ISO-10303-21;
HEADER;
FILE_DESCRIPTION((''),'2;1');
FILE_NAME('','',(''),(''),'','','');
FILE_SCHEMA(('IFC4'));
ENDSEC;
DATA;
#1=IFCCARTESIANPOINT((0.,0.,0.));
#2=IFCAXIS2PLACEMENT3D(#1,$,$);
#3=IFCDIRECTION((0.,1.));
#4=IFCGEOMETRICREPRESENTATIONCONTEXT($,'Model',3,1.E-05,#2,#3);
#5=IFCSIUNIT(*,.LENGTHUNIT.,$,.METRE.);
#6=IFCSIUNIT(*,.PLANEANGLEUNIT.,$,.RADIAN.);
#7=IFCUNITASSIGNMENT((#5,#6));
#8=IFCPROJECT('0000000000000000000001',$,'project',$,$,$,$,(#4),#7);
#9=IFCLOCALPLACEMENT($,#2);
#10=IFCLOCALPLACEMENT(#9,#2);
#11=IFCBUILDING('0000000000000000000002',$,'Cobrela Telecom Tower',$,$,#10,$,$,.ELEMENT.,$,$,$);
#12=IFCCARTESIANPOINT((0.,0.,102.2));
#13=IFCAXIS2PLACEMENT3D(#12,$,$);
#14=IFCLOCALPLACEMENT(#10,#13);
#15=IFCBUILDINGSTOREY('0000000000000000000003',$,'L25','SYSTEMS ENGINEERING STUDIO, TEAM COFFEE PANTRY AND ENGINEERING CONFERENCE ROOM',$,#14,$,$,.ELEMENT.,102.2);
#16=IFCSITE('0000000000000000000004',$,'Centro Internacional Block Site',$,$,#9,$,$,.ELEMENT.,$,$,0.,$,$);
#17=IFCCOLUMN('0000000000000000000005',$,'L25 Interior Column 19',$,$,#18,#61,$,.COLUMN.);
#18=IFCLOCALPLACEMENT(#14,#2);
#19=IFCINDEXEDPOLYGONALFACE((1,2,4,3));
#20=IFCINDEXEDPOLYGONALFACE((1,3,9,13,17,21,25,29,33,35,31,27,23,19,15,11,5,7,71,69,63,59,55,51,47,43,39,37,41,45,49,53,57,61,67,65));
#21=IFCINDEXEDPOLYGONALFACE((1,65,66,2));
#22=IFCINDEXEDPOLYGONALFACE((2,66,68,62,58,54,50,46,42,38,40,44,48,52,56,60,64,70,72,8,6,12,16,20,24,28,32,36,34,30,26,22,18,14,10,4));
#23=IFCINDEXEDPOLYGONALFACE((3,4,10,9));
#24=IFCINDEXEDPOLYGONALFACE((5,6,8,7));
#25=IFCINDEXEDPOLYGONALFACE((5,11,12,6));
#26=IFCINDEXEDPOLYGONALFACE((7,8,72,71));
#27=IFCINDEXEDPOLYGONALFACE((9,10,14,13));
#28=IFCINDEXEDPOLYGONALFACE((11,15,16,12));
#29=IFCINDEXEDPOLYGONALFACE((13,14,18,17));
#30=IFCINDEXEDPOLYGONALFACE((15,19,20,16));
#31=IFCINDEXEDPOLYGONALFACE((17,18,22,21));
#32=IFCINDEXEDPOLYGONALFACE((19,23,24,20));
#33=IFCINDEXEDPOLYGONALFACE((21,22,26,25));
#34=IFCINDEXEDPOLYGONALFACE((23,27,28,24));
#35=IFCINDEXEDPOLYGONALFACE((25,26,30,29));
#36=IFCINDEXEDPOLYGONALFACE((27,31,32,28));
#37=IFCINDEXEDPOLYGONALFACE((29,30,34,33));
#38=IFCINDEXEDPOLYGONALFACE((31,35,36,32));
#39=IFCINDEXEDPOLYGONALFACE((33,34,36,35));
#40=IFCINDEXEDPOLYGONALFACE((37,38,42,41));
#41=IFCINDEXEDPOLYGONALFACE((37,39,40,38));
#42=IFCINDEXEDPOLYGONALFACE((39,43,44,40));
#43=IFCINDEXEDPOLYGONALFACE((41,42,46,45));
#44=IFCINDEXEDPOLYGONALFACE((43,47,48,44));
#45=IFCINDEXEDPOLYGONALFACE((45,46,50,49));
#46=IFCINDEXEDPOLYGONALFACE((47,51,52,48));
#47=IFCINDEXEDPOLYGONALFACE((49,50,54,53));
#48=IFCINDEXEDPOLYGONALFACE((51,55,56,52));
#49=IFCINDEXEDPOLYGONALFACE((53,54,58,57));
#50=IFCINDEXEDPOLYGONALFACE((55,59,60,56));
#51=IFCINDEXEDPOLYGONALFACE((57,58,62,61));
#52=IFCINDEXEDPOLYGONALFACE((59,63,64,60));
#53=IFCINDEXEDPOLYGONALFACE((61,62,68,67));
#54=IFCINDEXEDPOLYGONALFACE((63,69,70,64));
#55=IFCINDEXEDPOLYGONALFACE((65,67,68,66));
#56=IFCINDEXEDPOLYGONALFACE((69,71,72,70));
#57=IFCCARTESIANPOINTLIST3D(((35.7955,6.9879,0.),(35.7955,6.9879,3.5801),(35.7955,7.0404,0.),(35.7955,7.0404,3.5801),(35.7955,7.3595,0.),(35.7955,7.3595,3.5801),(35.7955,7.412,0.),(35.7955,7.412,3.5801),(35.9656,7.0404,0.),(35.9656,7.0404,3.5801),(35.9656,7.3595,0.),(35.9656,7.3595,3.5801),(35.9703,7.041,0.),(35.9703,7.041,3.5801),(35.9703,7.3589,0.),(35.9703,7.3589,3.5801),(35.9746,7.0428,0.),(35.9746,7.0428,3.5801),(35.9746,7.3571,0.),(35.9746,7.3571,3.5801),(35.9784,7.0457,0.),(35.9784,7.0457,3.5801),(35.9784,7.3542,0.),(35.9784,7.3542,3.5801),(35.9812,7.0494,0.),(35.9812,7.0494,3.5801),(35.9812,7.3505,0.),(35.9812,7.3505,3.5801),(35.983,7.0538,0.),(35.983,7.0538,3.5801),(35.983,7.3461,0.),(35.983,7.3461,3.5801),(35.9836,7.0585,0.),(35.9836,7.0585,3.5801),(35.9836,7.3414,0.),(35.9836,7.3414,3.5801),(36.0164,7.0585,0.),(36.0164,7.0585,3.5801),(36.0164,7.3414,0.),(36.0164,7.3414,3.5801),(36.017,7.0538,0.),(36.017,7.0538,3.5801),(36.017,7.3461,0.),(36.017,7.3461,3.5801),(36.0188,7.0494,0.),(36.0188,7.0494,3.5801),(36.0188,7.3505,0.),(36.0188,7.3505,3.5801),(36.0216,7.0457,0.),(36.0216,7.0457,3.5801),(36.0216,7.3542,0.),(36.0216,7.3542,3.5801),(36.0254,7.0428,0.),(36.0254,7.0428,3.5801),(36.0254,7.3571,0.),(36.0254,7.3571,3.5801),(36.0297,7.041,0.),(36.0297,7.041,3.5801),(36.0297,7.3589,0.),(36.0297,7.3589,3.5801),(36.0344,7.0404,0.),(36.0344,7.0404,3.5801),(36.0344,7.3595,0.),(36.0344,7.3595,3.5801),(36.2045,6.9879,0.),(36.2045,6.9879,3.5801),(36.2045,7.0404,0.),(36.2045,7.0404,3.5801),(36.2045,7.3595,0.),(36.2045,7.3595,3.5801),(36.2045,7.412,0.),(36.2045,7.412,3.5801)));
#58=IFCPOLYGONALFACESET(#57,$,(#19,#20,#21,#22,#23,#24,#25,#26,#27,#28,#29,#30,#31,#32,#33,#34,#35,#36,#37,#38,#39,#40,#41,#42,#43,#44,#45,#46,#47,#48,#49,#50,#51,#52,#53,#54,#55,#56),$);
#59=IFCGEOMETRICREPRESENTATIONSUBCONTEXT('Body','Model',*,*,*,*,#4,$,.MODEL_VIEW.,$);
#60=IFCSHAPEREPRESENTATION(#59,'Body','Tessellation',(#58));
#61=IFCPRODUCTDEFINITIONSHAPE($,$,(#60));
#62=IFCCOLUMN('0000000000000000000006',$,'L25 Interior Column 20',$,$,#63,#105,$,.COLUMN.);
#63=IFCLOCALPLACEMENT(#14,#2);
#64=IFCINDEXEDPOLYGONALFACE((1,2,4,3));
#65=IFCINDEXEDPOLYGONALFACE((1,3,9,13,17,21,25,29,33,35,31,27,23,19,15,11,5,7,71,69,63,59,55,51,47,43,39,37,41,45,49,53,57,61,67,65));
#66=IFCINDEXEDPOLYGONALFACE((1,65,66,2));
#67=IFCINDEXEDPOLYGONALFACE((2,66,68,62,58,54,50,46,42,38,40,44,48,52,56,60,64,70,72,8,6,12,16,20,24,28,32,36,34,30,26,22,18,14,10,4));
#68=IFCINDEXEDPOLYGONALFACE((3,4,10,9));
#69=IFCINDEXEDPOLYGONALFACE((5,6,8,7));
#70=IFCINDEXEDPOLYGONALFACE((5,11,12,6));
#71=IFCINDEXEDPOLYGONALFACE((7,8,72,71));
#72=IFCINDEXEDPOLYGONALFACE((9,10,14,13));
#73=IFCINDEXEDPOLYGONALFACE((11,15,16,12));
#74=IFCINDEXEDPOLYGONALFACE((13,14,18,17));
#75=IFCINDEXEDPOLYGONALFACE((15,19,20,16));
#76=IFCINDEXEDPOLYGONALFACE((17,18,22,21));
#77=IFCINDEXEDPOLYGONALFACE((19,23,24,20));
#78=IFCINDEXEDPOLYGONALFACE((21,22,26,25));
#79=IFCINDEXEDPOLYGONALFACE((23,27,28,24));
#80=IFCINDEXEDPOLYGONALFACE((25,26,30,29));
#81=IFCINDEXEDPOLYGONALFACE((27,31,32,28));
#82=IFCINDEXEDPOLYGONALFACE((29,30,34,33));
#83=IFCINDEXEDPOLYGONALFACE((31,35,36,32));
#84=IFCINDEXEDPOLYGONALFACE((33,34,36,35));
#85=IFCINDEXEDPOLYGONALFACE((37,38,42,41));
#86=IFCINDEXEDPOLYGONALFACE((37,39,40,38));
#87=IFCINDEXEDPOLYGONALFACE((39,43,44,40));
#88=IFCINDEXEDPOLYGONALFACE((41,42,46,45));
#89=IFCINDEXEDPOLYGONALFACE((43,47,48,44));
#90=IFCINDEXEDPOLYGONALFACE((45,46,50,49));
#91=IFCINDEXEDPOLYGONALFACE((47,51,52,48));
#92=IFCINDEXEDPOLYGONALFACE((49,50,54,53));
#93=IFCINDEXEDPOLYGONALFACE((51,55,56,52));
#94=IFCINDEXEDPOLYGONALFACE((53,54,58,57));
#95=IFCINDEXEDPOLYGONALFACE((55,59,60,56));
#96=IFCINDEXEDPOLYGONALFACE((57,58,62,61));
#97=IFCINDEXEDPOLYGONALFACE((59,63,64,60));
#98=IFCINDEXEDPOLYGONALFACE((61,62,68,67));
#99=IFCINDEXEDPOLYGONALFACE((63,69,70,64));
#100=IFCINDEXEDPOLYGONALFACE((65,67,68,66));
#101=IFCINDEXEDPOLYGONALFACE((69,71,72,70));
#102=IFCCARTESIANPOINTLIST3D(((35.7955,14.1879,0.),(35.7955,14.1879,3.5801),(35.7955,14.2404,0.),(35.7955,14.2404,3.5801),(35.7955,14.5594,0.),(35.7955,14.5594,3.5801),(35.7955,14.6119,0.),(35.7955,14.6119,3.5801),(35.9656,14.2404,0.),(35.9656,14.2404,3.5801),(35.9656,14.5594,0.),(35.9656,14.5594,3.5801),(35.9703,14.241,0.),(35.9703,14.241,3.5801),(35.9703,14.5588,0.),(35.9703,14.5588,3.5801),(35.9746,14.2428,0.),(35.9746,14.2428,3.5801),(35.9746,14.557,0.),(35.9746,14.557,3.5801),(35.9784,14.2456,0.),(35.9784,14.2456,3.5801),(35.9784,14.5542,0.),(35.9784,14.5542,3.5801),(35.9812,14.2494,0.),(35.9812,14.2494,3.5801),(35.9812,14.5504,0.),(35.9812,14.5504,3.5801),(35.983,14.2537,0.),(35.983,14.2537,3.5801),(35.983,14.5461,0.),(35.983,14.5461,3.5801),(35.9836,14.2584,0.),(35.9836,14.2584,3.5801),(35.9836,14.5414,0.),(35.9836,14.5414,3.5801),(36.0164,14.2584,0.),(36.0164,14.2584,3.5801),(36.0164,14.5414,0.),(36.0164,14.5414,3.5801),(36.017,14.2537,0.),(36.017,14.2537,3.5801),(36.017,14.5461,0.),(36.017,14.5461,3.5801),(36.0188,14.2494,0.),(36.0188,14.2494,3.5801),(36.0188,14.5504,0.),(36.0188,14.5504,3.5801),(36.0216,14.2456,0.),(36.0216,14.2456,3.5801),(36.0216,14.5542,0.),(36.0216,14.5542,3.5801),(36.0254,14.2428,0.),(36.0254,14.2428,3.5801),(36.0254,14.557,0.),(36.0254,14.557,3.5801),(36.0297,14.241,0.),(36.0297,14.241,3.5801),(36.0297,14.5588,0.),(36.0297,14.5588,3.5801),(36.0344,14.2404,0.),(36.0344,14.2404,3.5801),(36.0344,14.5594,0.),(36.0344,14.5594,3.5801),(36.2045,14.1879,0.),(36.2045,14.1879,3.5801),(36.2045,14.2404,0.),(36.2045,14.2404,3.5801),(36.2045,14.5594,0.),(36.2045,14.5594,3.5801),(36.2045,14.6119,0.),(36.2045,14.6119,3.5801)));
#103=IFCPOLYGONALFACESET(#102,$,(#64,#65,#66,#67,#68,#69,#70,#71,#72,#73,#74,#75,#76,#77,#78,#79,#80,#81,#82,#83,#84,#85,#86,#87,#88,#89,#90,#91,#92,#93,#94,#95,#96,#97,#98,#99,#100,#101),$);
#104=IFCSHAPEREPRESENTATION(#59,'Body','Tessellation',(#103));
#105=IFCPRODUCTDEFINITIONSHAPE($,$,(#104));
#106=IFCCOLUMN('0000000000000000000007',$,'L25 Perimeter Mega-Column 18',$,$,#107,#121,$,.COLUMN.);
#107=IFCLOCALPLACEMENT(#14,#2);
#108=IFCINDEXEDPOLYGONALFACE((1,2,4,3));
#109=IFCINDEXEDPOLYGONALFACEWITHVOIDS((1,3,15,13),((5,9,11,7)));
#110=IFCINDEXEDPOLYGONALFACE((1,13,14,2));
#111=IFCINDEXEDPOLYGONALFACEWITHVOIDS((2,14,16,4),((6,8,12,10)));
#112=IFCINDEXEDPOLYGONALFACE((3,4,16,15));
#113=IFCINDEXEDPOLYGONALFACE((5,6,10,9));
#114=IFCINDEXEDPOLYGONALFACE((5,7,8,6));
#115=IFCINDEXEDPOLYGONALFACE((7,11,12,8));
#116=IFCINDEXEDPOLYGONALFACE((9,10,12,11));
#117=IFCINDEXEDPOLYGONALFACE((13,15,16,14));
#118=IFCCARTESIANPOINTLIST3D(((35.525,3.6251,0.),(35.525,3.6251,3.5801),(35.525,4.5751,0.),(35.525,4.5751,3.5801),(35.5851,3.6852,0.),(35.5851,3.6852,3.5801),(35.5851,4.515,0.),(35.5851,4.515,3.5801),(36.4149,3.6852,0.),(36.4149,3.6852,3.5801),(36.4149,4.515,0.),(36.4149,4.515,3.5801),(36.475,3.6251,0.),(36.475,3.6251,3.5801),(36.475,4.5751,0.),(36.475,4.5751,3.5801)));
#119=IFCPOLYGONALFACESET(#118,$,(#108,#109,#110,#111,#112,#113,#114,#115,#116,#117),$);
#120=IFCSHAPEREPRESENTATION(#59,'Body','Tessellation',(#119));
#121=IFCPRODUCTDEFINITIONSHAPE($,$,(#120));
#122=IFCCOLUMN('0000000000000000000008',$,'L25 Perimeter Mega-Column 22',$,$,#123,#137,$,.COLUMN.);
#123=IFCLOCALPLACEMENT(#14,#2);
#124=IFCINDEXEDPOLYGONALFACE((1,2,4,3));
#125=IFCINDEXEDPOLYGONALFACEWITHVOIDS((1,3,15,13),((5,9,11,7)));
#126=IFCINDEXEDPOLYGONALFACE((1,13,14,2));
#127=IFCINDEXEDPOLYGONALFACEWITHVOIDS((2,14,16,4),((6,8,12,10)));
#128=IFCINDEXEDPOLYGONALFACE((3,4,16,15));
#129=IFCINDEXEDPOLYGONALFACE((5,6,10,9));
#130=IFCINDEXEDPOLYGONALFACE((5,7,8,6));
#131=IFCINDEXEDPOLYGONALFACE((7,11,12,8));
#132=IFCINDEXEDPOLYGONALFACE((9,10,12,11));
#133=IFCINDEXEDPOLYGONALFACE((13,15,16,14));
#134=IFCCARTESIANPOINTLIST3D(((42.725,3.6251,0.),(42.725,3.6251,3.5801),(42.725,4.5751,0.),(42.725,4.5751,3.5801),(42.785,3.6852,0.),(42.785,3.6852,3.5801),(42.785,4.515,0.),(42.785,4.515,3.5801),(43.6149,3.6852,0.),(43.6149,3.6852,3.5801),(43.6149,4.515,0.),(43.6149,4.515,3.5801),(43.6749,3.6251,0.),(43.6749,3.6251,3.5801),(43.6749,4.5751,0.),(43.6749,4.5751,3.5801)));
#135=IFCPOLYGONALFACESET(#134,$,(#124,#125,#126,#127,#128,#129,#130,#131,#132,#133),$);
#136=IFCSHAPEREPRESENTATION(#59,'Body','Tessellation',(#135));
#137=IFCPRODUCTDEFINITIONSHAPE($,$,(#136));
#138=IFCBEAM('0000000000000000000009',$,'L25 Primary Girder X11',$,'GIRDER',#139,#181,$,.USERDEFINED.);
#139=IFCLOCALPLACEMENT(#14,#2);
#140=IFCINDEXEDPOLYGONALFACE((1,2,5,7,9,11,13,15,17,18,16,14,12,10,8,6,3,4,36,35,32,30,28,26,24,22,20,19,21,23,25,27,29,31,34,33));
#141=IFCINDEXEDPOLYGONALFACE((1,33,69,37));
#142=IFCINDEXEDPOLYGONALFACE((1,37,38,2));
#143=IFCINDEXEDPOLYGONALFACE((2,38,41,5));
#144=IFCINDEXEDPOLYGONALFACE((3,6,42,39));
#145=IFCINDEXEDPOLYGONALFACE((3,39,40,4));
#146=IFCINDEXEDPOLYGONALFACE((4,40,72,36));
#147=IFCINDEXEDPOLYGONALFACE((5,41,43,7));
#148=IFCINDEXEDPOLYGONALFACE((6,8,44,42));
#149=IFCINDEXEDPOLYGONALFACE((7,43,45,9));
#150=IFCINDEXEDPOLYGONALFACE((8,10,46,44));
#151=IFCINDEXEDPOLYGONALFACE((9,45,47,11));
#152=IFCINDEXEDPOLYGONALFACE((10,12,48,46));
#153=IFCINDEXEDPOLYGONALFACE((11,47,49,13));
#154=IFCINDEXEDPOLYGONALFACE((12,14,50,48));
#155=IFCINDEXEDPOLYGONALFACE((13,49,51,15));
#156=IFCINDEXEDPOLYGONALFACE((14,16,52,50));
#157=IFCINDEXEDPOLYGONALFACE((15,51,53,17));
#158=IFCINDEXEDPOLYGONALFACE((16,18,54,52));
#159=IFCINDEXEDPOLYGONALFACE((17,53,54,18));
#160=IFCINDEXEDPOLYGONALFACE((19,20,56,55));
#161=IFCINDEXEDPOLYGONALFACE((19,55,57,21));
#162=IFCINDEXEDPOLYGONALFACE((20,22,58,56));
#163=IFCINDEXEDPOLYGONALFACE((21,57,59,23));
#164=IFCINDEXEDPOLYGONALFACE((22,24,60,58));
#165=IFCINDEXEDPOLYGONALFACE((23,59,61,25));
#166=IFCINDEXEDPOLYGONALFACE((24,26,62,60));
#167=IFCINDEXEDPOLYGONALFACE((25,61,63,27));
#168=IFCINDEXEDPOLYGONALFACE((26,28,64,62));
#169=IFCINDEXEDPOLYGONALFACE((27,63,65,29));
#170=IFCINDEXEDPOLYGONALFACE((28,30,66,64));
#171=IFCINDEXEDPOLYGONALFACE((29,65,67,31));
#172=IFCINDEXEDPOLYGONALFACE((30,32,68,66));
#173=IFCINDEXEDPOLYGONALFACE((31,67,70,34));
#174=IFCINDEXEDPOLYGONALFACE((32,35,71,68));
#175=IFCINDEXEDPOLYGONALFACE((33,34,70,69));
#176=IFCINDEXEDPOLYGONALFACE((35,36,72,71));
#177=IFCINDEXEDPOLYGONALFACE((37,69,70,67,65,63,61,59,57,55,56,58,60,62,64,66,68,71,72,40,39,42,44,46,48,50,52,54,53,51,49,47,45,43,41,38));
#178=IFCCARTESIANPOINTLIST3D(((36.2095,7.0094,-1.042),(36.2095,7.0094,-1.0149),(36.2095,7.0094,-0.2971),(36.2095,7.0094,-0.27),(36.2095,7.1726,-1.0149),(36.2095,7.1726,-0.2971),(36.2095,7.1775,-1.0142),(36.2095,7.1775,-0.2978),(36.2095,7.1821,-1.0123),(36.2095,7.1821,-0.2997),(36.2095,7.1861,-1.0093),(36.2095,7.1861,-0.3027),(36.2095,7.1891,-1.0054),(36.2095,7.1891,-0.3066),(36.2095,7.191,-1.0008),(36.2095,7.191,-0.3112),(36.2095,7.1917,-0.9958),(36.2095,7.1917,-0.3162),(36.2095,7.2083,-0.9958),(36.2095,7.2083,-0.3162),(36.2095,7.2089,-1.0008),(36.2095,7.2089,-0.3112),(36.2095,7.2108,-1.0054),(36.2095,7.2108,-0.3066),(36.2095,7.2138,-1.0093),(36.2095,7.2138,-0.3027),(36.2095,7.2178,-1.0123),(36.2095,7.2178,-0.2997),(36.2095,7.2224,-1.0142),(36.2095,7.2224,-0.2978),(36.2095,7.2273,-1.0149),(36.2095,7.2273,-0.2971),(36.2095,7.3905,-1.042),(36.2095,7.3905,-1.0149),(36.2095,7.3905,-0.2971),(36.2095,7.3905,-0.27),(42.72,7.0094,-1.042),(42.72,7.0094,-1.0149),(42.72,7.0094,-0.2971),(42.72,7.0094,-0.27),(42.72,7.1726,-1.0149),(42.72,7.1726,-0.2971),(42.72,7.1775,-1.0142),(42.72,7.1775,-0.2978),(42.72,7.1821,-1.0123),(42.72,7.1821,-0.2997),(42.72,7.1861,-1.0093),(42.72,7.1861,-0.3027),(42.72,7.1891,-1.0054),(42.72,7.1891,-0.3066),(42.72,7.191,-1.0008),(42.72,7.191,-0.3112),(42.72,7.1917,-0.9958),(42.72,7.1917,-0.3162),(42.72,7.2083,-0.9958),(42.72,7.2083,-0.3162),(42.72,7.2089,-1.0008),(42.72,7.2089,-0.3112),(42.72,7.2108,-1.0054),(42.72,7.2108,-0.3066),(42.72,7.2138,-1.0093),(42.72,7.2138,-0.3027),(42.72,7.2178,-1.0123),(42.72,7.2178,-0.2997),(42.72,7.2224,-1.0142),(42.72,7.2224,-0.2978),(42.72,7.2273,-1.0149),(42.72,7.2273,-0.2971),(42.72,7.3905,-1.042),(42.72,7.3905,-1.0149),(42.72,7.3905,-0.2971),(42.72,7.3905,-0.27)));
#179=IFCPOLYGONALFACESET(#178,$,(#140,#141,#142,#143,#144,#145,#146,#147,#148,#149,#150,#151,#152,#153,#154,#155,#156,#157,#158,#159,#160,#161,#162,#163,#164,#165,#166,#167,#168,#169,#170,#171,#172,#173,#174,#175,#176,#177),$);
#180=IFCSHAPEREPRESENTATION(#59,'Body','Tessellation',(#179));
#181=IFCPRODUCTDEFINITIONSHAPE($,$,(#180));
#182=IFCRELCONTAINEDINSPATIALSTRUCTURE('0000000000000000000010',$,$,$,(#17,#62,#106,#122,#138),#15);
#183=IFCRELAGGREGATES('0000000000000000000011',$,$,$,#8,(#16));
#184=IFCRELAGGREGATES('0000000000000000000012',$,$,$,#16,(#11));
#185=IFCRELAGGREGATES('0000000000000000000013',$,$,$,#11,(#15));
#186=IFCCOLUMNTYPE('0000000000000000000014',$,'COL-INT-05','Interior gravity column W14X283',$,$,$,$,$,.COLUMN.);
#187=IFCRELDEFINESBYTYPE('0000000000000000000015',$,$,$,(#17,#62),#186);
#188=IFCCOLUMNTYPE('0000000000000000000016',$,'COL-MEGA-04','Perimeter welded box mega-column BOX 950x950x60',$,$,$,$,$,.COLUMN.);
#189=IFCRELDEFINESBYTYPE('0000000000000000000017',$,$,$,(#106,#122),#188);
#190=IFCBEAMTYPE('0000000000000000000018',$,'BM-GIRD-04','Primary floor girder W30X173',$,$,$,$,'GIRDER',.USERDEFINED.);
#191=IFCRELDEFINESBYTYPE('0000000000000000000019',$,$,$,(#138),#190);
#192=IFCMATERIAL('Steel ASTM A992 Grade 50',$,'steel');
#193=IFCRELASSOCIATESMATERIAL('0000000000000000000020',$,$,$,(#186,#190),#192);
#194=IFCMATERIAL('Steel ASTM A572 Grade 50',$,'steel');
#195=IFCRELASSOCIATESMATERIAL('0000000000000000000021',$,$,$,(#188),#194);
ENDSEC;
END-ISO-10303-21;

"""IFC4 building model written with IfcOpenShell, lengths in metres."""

from ifc_helpers import new_model, si_unit, direction, frame, origin, origin_2d, place, context, subcontext, project, spatial, hollow_rectangle, i_section, extrude, material, material_profile, profile_set, type_object, element, save


model = new_model("IFC4")

# Units and contexts
model_context = context("Model", 3, precision=1e-05, world=origin(), true_north=direction((0.0, 1.0)))
body_context = subcontext(model_context, "Body", "Model", "MODEL_VIEW")
ifc_project = project(units=[si_unit("LENGTHUNIT", "METRE"), si_unit("PLANEANGLEUNIT", "RADIAN")], contexts=[model_context])

# Site, building, storey
site_placement = place(None, origin())
site = spatial("IfcSite", under=ifc_project, at=site_placement, Name="Centro Internacional Block Site", CompositionType="ELEMENT", RefElevation=0.0)
building_placement = place(site_placement, origin())
building = spatial("IfcBuilding", under=site, at=building_placement, Name="Cobrela Telecom Tower", CompositionType="ELEMENT")
storey_placement = place(building_placement, frame((0.0, 0.0, 102.2)))
storey = spatial("IfcBuildingStorey", under=building, at=storey_placement, Name="L25", Description="SYSTEMS ENGINEERING STUDIO, TEAM COFFEE PANTRY AND ENGINEERING CONFERENCE ROOM", CompositionType="ELEMENT", Elevation=102.2)

# Columns
ifc_material_1 = material(Name="Steel ASTM A992 Grade 50", Category="steel")
ifc_material_profile_1 = material_profile(ifc_material_1, i_section(OverallWidth=0.4089, OverallDepth=0.4241, WebThickness=0.0327, FlangeThickness=0.0525, FilletRadius=0.0181, at=origin_2d()), Name="W14X283")
ifc_profile_set_1 = profile_set([ifc_material_profile_1], Name="Steel ASTM A992 Grade 50")
column_type_1 = type_object("IfcColumnType", Name="COL-INT-05", Description="Interior gravity column W14X283", PredefinedType="COLUMN", material=ifc_profile_set_1)
for number, where, z_axis, x_axis, name in (
    (1, (36.0, 7.2, 0.0), (0.0, 0.0, 1.0), (1.0, 0.0, 0.0), "L25 Interior Column 19"),
    (2, (36.0, 14.3999, 0.0), (0.0, 0.0, 1.0), (1.0, 0.0, 0.0), "L25 Interior Column 20"),
):
    element("IfcColumn", number, at=place(storey_placement, frame(where, z_axis=z_axis, x_axis=x_axis)), inside=storey, type_object=column_type_1, Name=name, PredefinedType="COLUMN", context=body_context, shape_type="SweptSolid", body=[
        extrude(i_section(OverallWidth=0.4089, OverallDepth=0.4241, WebThickness=0.0327, FlangeThickness=0.0525, FilletRadius=0.0181, at=origin_2d()), origin(), (0.0, 0.0, 1.0), 3.5801),
    ])
ifc_material_2 = material(Name="Steel ASTM A572 Grade 50", Category="steel")
ifc_material_profile_2 = material_profile(ifc_material_2, hollow_rectangle(XDim=0.95, YDim=0.95, WallThickness=0.0601, at=origin_2d()), Name="BOX 950x950x60")
ifc_profile_set_2 = profile_set([ifc_material_profile_2], Name="Steel ASTM A572 Grade 50")
column_type_2 = type_object("IfcColumnType", Name="COL-MEGA-04", Description="Perimeter welded box mega-column BOX 950x950x60", PredefinedType="COLUMN", material=ifc_profile_set_2)
for number, where, z_axis, x_axis, name in (
    (3, (36.0, 4.1001, 0.0), (0.0, 0.0, 1.0), (1.0, 0.0, 0.0), "L25 Perimeter Mega-Column 18"),
    (4, (43.2, 4.1001, 0.0), (0.0, 0.0, 1.0), (1.0, 0.0, 0.0), "L25 Perimeter Mega-Column 22"),
):
    element("IfcColumn", number, at=place(storey_placement, frame(where, z_axis=z_axis, x_axis=x_axis)), inside=storey, type_object=column_type_2, Name=name, PredefinedType="COLUMN", context=body_context, shape_type="SweptSolid", body=[
        extrude(hollow_rectangle(XDim=0.95, YDim=0.95, WallThickness=0.0601, at=origin_2d()), origin(), (0.0, 0.0, 1.0), 3.5801),
    ])

# Beam
ifc_material_profile_3 = material_profile(ifc_material_1, i_section(OverallWidth=0.3811, OverallDepth=0.772, WebThickness=0.0166, FlangeThickness=0.0271, FilletRadius=0.019, at=origin_2d()), Name="W30X173")
ifc_profile_set_3 = profile_set([ifc_material_profile_3], Name="Steel ASTM A992 Grade 50")
beam_type_1 = type_object("IfcBeamType", Name="BM-GIRD-04", Description="Primary floor girder W30X173", ElementType="GIRDER", PredefinedType="USERDEFINED", material=ifc_profile_set_3)
beam_1_placement = place(storey_placement, frame((36.2095, 7.2, -0.656), z_axis=(1.0, 0.0, 0.0), x_axis=(0.0, 1.0, 0.0)))
element("IfcBeam", 5, at=beam_1_placement, inside=storey, type_object=beam_type_1, Name="L25 Primary Girder X11", ObjectType="GIRDER", PredefinedType="USERDEFINED", context=body_context, shape_type="SweptSolid", body=[
    extrude(i_section(OverallWidth=0.3811, OverallDepth=0.772, WebThickness=0.0166, FlangeThickness=0.0271, FilletRadius=0.019, at=origin_2d()), origin(), (0.0, 0.0, 1.0), 6.5105),
])

save(model, "model.ifc")
